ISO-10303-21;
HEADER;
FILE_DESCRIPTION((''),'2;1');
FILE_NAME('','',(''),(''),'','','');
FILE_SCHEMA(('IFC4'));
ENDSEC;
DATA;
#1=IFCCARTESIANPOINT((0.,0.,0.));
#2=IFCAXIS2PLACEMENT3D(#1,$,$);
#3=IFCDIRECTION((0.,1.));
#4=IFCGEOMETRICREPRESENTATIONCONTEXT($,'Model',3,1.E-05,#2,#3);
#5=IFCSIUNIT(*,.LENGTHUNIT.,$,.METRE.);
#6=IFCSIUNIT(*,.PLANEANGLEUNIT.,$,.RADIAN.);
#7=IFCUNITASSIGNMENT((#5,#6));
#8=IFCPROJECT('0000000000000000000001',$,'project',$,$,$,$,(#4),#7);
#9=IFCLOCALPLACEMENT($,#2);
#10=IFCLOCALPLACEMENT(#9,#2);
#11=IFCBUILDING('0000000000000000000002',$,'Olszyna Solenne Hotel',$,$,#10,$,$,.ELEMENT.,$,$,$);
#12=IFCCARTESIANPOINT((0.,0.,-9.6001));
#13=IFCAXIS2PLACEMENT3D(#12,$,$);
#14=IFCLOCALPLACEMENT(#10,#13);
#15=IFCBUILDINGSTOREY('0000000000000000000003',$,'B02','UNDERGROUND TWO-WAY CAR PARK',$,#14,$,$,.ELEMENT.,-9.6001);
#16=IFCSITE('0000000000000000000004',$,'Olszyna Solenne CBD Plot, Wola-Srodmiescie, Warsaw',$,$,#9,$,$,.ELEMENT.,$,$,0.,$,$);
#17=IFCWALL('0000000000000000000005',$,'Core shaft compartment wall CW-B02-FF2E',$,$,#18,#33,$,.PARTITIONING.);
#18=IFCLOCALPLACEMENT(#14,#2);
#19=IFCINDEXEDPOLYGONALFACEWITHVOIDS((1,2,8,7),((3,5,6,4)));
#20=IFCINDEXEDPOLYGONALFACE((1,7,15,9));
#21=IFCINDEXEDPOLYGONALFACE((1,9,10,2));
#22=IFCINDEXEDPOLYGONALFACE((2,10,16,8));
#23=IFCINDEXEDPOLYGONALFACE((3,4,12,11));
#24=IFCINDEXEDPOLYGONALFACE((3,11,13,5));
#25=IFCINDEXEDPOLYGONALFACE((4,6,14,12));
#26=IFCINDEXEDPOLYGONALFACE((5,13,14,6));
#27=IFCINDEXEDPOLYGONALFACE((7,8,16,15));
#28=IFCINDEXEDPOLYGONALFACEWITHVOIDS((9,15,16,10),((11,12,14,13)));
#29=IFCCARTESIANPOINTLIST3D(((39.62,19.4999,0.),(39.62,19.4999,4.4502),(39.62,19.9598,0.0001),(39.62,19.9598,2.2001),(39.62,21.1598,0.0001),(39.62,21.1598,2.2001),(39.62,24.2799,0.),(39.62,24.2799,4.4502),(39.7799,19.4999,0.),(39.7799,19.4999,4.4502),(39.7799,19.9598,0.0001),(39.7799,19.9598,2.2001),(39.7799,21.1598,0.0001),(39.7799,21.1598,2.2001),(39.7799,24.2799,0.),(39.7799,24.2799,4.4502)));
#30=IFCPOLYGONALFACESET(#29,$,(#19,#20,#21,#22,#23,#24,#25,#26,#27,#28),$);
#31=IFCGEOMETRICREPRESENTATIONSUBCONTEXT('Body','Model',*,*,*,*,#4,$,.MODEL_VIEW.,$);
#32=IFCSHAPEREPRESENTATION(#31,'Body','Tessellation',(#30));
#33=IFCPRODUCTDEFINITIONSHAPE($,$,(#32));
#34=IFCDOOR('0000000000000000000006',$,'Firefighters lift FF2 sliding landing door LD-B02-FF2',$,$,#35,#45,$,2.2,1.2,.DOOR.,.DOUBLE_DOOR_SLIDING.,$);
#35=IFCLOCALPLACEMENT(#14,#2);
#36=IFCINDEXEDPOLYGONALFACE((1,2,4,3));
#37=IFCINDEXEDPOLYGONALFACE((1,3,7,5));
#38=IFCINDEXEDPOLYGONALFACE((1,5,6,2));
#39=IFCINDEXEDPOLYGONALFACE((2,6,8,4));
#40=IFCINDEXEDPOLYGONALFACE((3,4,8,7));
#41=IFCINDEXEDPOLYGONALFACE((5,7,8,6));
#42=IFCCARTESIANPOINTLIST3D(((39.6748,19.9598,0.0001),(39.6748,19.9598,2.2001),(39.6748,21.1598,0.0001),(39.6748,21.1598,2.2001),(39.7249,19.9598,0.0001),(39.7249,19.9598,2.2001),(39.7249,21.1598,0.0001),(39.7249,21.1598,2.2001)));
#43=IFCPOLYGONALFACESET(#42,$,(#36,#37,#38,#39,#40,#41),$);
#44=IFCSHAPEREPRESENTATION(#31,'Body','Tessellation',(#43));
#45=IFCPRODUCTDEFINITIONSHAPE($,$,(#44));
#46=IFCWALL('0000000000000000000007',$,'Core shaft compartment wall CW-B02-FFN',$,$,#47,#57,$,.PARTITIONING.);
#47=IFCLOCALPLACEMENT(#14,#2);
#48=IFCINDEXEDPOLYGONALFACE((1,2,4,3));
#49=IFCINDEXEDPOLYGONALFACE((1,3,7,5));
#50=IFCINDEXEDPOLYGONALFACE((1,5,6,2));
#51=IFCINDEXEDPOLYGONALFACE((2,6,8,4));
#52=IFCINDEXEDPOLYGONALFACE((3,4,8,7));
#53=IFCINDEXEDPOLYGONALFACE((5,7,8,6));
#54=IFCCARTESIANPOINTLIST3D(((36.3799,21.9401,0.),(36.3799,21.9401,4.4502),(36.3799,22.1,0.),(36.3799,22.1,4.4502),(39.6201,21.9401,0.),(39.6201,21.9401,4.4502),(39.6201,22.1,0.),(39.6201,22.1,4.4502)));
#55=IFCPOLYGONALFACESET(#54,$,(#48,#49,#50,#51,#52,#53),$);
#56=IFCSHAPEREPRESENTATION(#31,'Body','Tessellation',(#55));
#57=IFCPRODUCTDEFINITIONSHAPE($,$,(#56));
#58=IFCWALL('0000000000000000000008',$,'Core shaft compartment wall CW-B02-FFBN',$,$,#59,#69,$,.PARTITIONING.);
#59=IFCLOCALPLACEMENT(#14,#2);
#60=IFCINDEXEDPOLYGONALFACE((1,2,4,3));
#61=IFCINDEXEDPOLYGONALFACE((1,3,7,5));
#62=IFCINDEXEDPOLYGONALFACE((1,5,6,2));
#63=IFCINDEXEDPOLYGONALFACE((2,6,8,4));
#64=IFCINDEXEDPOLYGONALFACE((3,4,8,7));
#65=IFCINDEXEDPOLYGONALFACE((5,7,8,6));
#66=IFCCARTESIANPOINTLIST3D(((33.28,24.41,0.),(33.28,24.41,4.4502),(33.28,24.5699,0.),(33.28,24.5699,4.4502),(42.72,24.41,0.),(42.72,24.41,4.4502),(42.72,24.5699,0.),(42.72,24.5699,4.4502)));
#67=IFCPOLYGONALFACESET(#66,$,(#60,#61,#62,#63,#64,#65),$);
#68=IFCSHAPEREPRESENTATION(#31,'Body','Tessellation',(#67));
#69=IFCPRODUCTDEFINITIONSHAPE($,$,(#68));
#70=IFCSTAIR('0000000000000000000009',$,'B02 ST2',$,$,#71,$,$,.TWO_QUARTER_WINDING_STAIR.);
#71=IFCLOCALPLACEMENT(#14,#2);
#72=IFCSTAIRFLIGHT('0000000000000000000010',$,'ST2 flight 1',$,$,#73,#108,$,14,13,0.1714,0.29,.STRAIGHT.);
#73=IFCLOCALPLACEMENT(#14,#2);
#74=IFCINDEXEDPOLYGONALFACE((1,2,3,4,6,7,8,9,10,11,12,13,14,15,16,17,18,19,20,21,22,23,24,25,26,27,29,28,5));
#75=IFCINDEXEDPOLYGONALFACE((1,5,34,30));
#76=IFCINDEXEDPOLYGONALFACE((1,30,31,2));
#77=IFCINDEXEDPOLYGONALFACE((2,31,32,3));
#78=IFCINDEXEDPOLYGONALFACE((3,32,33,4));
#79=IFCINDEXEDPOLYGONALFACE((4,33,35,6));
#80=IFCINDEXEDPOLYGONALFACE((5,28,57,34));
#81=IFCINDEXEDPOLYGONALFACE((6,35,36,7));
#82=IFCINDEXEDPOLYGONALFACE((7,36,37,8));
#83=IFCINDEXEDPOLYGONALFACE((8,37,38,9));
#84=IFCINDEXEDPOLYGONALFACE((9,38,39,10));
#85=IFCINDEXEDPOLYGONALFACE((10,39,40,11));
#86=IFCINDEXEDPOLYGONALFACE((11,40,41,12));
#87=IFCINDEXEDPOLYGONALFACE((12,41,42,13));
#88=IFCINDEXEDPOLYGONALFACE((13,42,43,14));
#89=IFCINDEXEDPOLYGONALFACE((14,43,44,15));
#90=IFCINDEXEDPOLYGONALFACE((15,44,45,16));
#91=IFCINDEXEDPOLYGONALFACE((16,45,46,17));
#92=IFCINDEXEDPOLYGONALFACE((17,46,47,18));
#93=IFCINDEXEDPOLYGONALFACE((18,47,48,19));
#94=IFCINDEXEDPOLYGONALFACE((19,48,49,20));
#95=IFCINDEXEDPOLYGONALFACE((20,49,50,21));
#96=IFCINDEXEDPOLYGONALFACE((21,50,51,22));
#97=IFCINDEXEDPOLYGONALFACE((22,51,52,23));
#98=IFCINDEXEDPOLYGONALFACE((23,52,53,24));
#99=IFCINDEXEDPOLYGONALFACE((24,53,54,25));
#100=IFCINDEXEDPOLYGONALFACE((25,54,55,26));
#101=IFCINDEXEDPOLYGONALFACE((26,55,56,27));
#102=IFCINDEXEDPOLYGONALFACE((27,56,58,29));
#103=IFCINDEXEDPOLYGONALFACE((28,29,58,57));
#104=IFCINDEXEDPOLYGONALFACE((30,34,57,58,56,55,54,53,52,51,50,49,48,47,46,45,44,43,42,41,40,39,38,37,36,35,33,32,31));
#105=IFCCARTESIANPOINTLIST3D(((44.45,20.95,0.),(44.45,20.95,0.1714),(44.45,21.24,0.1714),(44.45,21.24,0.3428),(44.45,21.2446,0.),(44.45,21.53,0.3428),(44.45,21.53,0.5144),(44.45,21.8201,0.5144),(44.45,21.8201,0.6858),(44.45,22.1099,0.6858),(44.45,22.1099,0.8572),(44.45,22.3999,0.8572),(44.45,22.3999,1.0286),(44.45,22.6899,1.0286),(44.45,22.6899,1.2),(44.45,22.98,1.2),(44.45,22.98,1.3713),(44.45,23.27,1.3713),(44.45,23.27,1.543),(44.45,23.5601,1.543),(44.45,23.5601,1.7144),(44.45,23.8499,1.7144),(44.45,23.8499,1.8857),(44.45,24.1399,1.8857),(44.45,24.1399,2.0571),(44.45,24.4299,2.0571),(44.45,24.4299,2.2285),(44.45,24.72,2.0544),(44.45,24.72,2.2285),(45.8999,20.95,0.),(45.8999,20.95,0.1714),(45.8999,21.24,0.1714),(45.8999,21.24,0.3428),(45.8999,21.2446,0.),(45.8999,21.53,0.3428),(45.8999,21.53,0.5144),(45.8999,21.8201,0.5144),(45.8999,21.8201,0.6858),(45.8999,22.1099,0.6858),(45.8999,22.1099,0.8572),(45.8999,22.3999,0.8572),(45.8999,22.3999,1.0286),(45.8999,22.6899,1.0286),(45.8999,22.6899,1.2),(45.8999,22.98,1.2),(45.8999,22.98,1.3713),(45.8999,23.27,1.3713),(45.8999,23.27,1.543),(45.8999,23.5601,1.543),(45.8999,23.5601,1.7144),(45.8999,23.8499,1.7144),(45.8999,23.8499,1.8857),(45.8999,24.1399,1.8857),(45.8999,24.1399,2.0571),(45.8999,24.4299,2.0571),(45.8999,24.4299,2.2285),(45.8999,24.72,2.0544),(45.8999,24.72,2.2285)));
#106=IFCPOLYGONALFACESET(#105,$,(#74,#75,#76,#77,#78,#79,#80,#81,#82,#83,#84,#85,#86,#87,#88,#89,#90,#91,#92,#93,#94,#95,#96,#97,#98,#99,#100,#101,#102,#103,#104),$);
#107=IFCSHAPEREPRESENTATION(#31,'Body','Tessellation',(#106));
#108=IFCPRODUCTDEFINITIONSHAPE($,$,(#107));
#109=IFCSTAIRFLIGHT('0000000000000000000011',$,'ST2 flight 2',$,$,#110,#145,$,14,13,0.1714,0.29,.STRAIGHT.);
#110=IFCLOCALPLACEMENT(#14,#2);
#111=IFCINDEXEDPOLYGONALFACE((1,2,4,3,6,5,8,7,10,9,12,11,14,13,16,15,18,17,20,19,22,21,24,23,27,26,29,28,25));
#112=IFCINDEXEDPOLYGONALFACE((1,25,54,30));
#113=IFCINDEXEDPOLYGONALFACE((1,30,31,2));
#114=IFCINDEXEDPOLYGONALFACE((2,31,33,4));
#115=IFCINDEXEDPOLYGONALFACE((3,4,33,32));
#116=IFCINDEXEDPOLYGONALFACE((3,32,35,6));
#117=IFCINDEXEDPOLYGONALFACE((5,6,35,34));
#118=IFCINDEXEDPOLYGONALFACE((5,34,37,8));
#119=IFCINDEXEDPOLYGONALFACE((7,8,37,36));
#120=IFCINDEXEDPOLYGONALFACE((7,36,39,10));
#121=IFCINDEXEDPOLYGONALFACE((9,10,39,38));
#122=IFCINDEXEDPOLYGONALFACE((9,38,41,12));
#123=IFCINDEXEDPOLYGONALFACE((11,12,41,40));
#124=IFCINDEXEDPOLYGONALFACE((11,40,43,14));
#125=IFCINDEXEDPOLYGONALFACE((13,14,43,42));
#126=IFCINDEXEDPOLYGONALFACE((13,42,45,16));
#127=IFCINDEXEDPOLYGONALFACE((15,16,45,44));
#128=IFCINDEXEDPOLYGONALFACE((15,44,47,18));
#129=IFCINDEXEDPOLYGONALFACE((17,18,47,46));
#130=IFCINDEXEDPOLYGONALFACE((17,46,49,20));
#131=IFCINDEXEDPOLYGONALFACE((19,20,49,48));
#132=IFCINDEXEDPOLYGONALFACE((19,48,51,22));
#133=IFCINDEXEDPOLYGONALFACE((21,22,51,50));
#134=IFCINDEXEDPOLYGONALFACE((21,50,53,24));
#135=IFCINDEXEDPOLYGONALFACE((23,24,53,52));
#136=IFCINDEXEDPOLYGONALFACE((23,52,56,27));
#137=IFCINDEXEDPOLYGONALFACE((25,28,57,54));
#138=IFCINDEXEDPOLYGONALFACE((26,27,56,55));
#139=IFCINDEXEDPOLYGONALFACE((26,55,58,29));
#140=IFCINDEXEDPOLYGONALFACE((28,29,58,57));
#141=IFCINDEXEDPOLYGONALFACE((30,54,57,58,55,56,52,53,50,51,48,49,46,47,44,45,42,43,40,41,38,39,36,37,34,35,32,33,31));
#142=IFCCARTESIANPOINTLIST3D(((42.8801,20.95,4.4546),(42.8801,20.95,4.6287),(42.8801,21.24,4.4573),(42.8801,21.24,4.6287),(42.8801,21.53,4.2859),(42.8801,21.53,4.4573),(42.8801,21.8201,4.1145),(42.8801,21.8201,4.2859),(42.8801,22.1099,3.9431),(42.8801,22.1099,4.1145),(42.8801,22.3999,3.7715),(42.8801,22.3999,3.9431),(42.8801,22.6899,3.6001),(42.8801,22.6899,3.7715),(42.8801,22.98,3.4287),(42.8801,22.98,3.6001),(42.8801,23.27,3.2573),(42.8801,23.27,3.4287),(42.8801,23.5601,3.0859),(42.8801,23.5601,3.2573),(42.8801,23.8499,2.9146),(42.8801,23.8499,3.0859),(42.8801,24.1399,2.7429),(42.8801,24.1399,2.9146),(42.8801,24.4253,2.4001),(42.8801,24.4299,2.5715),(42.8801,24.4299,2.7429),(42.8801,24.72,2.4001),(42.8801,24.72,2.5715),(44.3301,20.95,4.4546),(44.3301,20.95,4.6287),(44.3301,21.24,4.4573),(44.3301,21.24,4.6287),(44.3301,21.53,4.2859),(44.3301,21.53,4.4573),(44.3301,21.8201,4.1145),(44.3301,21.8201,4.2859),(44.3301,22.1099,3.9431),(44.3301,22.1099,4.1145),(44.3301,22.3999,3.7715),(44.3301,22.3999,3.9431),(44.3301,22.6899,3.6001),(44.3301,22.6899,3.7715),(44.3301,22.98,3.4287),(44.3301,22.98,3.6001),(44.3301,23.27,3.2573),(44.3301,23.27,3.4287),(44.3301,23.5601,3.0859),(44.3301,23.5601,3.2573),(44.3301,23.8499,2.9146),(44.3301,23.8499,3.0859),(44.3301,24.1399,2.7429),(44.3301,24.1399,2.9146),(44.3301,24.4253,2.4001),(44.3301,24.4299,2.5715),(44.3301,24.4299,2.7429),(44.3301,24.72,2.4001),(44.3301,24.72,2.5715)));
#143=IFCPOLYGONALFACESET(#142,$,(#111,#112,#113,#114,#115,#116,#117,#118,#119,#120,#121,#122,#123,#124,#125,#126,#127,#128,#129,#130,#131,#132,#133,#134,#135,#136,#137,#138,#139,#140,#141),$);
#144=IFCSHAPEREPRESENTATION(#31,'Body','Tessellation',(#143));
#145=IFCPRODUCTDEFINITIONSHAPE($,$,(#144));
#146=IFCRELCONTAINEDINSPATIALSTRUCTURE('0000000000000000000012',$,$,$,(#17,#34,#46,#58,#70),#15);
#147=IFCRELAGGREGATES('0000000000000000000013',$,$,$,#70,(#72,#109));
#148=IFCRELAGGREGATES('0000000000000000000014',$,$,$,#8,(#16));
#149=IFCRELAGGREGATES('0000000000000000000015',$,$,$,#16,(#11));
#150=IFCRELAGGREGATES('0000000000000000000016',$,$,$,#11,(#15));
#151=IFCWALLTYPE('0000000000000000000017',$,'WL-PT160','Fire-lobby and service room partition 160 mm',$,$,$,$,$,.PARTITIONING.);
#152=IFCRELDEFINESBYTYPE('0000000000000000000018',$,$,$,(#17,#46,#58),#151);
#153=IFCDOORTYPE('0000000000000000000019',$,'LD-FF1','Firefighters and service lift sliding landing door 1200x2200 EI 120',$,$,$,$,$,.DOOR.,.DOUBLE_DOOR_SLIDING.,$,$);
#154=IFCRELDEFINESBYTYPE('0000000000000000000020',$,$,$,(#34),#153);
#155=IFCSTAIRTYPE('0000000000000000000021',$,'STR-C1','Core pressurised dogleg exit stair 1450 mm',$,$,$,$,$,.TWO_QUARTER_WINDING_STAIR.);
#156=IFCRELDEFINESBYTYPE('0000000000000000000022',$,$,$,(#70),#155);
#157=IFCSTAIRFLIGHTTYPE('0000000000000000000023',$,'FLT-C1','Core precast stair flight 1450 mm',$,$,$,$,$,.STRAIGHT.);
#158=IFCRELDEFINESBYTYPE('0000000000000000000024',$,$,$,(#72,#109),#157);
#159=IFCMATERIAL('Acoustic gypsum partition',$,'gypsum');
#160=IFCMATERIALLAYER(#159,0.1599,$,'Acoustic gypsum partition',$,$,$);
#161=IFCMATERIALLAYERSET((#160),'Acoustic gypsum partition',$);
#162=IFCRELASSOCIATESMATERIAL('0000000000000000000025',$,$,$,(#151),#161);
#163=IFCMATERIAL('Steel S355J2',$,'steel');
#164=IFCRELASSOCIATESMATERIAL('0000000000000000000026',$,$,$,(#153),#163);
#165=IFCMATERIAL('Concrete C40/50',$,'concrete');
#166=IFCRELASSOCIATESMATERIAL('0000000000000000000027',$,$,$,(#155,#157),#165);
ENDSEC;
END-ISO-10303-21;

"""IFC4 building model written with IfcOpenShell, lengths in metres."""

from ifc_helpers import new_model, si_unit, direction, frame, frame_2d, origin, place, context, subcontext, project, spatial, polyline, rectangle, outline, extrude, source, transform, mapped, material, layer, layer_set, type_object, type_shapes, element, fill, aggregate, save


model = new_model("IFC4")

# Units and contexts
model_context = context("Model", 3, precision=1e-05, world=origin(), true_north=direction((0.0, 1.0)))
body_context = subcontext(model_context, "Body", "Model", "MODEL_VIEW")
ifc_project = project(units=[si_unit("LENGTHUNIT", "METRE"), si_unit("PLANEANGLEUNIT", "RADIAN")], contexts=[model_context])

# Site, building, storey
site_placement = place(None, origin())
site = spatial("IfcSite", under=ifc_project, at=site_placement, Name="Olszyna Solenne CBD Plot, Wola-Srodmiescie, Warsaw", CompositionType="ELEMENT", RefElevation=0.0)
building_placement = place(site_placement, origin())
building = spatial("IfcBuilding", under=site, at=building_placement, Name="Olszyna Solenne Hotel", CompositionType="ELEMENT")
storey_placement = place(building_placement, frame((0.0, 0.0, -9.6001)))
storey = spatial("IfcBuildingStorey", under=building, at=storey_placement, Name="B02", Description="UNDERGROUND TWO-WAY CAR PARK", CompositionType="ELEMENT", Elevation=-9.6001)

# Shared definitions
ifc_material_1 = material(Name="Concrete C40/50", Category="concrete")

# Shared definitions
ifc_material_2 = material(Name="Steel S355J2", Category="steel")

# Shared definitions
ifc_material_3 = material(Name="Acoustic gypsum partition", Category="gypsum")

# Wall, opening, door
ifc_layer_1 = layer(ifc_material_3, 0.1599, Name="Acoustic gypsum partition")
ifc_layer_set_1 = layer_set([ifc_layer_1], Name="Acoustic gypsum partition")
wall_type_1 = type_object("IfcWallType", Name="WL-PT160", Description="Fire-lobby and service room partition 160 mm", PredefinedType="PARTITIONING", material=ifc_layer_set_1)
wall_1_placement = place(storey_placement, frame((39.7, 24.28, 0.0), z_axis=(0.0, 0.0, 1.0), x_axis=(0.0, -1.0, 0.0)))
wall_1 = element("IfcWall", 1, at=wall_1_placement, inside=storey, type_object=wall_type_1, Name="Core shaft compartment wall CW-B02-FF2E", PredefinedType="PARTITIONING", context=body_context, shape_type="SweptSolid", body=[
    extrude(rectangle(XDim=4.78, YDim=0.1599, at=frame_2d((2.3901, 0.0))), origin(), (0.0, 0.0, 1.0), 4.4502),
])
opening_placement = place(wall_1_placement, frame((3.1201, 0.0, 0.0)))
opening = element("IfcOpeningElement", 2, at=opening_placement, cuts=wall_1, PredefinedType="OPENING", context=body_context, shape_type="SweptSolid", body=[
    extrude(rectangle(XDim=1.2, YDim=2.2, at=frame_2d((0.6001, 1.1001))), frame((0.0, 0.0898, 0.0), z_axis=(0.0, -1.0, 0.0), x_axis=(1.0, 0.0, 0.0)), (0.0, 0.0, 1.0), 0.1799),
])
door_type = type_object("IfcDoorType", Name="LD-FF1", Description="Firefighters and service lift sliding landing door 1200x2200 EI 120", OperationType="DOUBLE_DOOR_SLIDING", PredefinedType="DOOR", material=ifc_material_2)
shared_shape_1 = source(origin(), body_context, "Body", "SweptSolid", [
    extrude(rectangle(XDim=1.2, YDim=2.2, at=frame_2d((0.6001, 1.1001))), frame((0.0, 0.0249, 0.0), z_axis=(0.0, -1.0, 0.0), x_axis=(1.0, 0.0, 0.0)), (0.0, 0.0, 1.0), 0.05),
])
type_shapes(door_type, [shared_shape_1])
door_placement = place(opening_placement, origin())
door = element("IfcDoor", 3, at=door_placement, inside=storey, type_object=door_type, Name="Firefighters lift FF2 sliding landing door LD-B02-FF2", OperationType="DOUBLE_DOOR_SLIDING", OverallHeight=2.2, OverallWidth=1.2, PredefinedType="DOOR", context=body_context, shape_type="MappedRepresentation", body=[
    mapped(shared_shape_1, transform((0.0, 0.0, 0.0), x_axis=(1.0, 0.0, 0.0), y_axis=(0.0, 1.0, 0.0), z_axis=(0.0, 0.0, 1.0), scale=1.0)),
])
fill(opening, door)

# Walls
wall_2_placement = place(storey_placement, frame((36.3799, 22.02, 0.0), z_axis=(0.0, 0.0, 1.0), x_axis=(1.0, 0.0, 0.0)))
element("IfcWall", 4, at=wall_2_placement, inside=storey, type_object=wall_type_1, Name="Core shaft compartment wall CW-B02-FFN", PredefinedType="PARTITIONING", context=body_context, shape_type="SweptSolid", body=[
    extrude(rectangle(XDim=3.2402, YDim=0.1599, at=frame_2d((1.6201, 0.0))), origin(), (0.0, 0.0, 1.0), 4.4502),
])
wall_3_placement = place(storey_placement, frame((33.28, 24.49, 0.0), z_axis=(0.0, 0.0, 1.0), x_axis=(1.0, 0.0, 0.0)))
element("IfcWall", 5, at=wall_3_placement, inside=storey, type_object=wall_type_1, Name="Core shaft compartment wall CW-B02-FFBN", PredefinedType="PARTITIONING", context=body_context, shape_type="SweptSolid", body=[
    extrude(rectangle(XDim=9.4399, YDim=0.1599, at=frame_2d((4.72, 0.0))), origin(), (0.0, 0.0, 1.0), 4.4502),
])

# Stair, stair flights
stair_type = type_object("IfcStairType", Name="STR-C1", Description="Core pressurised dogleg exit stair 1450 mm", PredefinedType="TWO_QUARTER_WINDING_STAIR", material=ifc_material_1)
stair_placement = place(storey_placement, origin())
stair = element("IfcStair", 6, at=stair_placement, inside=storey, type_object=stair_type, Name="B02 ST2", PredefinedType="TWO_QUARTER_WINDING_STAIR")
stair_flight_type = type_object("IfcStairFlightType", Name="FLT-C1", Description="Core precast stair flight 1450 mm", PredefinedType="STRAIGHT", material=ifc_material_1)
stair_flight_1_placement = place(storey_placement, frame((45.175, 20.95, 0.0), z_axis=(0.0, 0.0, 1.0), x_axis=(0.0, 1.0, 0.0)))
stair_flight_1 = element("IfcStairFlight", 7, at=stair_flight_1_placement, type_object=stair_flight_type, Name="ST2 flight 1", NumberOfRisers=14, NumberOfTreads=13, PredefinedType="STRAIGHT", RiserHeight=0.1714, TreadLength=0.29, context=body_context, shape_type="SweptSolid", body=[
    extrude(outline(polyline([(0.0, 0.0), (0.0, 0.1714), (0.29, 0.1714), (0.29, 0.3428), (0.5801, 0.3428), (0.5801, 0.5144), (0.8701, 0.5144), (0.8701, 0.6858), (1.1599, 0.6858), (1.1599, 0.8572), (1.45, 0.8572), (1.45, 1.0286), (1.74, 1.0286), (1.74, 1.2), (2.03, 1.2), (2.03, 1.3713), (2.3201, 1.3713), (2.3201, 1.543), (2.6101, 1.543), (2.6101, 1.7144), (2.8999, 1.7144), (2.8999, 1.8857), (3.1899, 1.8857), (3.1899, 2.0571), (3.48, 2.0571), (3.48, 2.2285), (3.77, 2.2285), (3.77, 2.3999), (3.77, 2.0544), (0.2947, 0.0), (0.0, 0.0)])), frame((0.0, 0.7251, 0.0), z_axis=(0.0, -1.0, 0.0), x_axis=(1.0, 0.0, 0.0)), (0.0, 0.0, 1.0), 1.45),
])
stair_flight_2_placement = place(storey_placement, frame((43.605, 24.72, 2.4001), z_axis=(0.0, 0.0, 1.0), x_axis=(0.0, -1.0, 0.0)))
stair_flight_2 = element("IfcStairFlight", 8, at=stair_flight_2_placement, type_object=stair_flight_type, Name="ST2 flight 2", NumberOfRisers=14, NumberOfTreads=13, PredefinedType="STRAIGHT", RiserHeight=0.1714, TreadLength=0.29, context=body_context, shape_type="SweptSolid", body=[
    extrude(outline(polyline([(0.0, 0.0), (0.0, 0.1714), (0.29, 0.1714), (0.29, 0.3428), (0.5801, 0.3428), (0.5801, 0.5144), (0.8701, 0.5144), (0.8701, 0.6858), (1.1599, 0.6858), (1.1599, 0.8572), (1.45, 0.8572), (1.45, 1.0286), (1.74, 1.0286), (1.74, 1.2), (2.03, 1.2), (2.03, 1.3713), (2.3201, 1.3713), (2.3201, 1.543), (2.6101, 1.543), (2.6101, 1.7144), (2.8999, 1.7144), (2.8999, 1.8857), (3.1899, 1.8857), (3.1899, 2.0571), (3.48, 2.0571), (3.48, 2.2285), (3.77, 2.2285), (3.77, 2.3999), (3.77, 2.0544), (0.2947, 0.0), (0.0, 0.0)])), frame((0.0, 0.7251, 0.0), z_axis=(0.0, -1.0, 0.0), x_axis=(1.0, 0.0, 0.0)), (0.0, 0.0, 1.0), 1.45),
])
aggregate(stair, [stair_flight_1, stair_flight_2])

save(model, "model.ifc")
